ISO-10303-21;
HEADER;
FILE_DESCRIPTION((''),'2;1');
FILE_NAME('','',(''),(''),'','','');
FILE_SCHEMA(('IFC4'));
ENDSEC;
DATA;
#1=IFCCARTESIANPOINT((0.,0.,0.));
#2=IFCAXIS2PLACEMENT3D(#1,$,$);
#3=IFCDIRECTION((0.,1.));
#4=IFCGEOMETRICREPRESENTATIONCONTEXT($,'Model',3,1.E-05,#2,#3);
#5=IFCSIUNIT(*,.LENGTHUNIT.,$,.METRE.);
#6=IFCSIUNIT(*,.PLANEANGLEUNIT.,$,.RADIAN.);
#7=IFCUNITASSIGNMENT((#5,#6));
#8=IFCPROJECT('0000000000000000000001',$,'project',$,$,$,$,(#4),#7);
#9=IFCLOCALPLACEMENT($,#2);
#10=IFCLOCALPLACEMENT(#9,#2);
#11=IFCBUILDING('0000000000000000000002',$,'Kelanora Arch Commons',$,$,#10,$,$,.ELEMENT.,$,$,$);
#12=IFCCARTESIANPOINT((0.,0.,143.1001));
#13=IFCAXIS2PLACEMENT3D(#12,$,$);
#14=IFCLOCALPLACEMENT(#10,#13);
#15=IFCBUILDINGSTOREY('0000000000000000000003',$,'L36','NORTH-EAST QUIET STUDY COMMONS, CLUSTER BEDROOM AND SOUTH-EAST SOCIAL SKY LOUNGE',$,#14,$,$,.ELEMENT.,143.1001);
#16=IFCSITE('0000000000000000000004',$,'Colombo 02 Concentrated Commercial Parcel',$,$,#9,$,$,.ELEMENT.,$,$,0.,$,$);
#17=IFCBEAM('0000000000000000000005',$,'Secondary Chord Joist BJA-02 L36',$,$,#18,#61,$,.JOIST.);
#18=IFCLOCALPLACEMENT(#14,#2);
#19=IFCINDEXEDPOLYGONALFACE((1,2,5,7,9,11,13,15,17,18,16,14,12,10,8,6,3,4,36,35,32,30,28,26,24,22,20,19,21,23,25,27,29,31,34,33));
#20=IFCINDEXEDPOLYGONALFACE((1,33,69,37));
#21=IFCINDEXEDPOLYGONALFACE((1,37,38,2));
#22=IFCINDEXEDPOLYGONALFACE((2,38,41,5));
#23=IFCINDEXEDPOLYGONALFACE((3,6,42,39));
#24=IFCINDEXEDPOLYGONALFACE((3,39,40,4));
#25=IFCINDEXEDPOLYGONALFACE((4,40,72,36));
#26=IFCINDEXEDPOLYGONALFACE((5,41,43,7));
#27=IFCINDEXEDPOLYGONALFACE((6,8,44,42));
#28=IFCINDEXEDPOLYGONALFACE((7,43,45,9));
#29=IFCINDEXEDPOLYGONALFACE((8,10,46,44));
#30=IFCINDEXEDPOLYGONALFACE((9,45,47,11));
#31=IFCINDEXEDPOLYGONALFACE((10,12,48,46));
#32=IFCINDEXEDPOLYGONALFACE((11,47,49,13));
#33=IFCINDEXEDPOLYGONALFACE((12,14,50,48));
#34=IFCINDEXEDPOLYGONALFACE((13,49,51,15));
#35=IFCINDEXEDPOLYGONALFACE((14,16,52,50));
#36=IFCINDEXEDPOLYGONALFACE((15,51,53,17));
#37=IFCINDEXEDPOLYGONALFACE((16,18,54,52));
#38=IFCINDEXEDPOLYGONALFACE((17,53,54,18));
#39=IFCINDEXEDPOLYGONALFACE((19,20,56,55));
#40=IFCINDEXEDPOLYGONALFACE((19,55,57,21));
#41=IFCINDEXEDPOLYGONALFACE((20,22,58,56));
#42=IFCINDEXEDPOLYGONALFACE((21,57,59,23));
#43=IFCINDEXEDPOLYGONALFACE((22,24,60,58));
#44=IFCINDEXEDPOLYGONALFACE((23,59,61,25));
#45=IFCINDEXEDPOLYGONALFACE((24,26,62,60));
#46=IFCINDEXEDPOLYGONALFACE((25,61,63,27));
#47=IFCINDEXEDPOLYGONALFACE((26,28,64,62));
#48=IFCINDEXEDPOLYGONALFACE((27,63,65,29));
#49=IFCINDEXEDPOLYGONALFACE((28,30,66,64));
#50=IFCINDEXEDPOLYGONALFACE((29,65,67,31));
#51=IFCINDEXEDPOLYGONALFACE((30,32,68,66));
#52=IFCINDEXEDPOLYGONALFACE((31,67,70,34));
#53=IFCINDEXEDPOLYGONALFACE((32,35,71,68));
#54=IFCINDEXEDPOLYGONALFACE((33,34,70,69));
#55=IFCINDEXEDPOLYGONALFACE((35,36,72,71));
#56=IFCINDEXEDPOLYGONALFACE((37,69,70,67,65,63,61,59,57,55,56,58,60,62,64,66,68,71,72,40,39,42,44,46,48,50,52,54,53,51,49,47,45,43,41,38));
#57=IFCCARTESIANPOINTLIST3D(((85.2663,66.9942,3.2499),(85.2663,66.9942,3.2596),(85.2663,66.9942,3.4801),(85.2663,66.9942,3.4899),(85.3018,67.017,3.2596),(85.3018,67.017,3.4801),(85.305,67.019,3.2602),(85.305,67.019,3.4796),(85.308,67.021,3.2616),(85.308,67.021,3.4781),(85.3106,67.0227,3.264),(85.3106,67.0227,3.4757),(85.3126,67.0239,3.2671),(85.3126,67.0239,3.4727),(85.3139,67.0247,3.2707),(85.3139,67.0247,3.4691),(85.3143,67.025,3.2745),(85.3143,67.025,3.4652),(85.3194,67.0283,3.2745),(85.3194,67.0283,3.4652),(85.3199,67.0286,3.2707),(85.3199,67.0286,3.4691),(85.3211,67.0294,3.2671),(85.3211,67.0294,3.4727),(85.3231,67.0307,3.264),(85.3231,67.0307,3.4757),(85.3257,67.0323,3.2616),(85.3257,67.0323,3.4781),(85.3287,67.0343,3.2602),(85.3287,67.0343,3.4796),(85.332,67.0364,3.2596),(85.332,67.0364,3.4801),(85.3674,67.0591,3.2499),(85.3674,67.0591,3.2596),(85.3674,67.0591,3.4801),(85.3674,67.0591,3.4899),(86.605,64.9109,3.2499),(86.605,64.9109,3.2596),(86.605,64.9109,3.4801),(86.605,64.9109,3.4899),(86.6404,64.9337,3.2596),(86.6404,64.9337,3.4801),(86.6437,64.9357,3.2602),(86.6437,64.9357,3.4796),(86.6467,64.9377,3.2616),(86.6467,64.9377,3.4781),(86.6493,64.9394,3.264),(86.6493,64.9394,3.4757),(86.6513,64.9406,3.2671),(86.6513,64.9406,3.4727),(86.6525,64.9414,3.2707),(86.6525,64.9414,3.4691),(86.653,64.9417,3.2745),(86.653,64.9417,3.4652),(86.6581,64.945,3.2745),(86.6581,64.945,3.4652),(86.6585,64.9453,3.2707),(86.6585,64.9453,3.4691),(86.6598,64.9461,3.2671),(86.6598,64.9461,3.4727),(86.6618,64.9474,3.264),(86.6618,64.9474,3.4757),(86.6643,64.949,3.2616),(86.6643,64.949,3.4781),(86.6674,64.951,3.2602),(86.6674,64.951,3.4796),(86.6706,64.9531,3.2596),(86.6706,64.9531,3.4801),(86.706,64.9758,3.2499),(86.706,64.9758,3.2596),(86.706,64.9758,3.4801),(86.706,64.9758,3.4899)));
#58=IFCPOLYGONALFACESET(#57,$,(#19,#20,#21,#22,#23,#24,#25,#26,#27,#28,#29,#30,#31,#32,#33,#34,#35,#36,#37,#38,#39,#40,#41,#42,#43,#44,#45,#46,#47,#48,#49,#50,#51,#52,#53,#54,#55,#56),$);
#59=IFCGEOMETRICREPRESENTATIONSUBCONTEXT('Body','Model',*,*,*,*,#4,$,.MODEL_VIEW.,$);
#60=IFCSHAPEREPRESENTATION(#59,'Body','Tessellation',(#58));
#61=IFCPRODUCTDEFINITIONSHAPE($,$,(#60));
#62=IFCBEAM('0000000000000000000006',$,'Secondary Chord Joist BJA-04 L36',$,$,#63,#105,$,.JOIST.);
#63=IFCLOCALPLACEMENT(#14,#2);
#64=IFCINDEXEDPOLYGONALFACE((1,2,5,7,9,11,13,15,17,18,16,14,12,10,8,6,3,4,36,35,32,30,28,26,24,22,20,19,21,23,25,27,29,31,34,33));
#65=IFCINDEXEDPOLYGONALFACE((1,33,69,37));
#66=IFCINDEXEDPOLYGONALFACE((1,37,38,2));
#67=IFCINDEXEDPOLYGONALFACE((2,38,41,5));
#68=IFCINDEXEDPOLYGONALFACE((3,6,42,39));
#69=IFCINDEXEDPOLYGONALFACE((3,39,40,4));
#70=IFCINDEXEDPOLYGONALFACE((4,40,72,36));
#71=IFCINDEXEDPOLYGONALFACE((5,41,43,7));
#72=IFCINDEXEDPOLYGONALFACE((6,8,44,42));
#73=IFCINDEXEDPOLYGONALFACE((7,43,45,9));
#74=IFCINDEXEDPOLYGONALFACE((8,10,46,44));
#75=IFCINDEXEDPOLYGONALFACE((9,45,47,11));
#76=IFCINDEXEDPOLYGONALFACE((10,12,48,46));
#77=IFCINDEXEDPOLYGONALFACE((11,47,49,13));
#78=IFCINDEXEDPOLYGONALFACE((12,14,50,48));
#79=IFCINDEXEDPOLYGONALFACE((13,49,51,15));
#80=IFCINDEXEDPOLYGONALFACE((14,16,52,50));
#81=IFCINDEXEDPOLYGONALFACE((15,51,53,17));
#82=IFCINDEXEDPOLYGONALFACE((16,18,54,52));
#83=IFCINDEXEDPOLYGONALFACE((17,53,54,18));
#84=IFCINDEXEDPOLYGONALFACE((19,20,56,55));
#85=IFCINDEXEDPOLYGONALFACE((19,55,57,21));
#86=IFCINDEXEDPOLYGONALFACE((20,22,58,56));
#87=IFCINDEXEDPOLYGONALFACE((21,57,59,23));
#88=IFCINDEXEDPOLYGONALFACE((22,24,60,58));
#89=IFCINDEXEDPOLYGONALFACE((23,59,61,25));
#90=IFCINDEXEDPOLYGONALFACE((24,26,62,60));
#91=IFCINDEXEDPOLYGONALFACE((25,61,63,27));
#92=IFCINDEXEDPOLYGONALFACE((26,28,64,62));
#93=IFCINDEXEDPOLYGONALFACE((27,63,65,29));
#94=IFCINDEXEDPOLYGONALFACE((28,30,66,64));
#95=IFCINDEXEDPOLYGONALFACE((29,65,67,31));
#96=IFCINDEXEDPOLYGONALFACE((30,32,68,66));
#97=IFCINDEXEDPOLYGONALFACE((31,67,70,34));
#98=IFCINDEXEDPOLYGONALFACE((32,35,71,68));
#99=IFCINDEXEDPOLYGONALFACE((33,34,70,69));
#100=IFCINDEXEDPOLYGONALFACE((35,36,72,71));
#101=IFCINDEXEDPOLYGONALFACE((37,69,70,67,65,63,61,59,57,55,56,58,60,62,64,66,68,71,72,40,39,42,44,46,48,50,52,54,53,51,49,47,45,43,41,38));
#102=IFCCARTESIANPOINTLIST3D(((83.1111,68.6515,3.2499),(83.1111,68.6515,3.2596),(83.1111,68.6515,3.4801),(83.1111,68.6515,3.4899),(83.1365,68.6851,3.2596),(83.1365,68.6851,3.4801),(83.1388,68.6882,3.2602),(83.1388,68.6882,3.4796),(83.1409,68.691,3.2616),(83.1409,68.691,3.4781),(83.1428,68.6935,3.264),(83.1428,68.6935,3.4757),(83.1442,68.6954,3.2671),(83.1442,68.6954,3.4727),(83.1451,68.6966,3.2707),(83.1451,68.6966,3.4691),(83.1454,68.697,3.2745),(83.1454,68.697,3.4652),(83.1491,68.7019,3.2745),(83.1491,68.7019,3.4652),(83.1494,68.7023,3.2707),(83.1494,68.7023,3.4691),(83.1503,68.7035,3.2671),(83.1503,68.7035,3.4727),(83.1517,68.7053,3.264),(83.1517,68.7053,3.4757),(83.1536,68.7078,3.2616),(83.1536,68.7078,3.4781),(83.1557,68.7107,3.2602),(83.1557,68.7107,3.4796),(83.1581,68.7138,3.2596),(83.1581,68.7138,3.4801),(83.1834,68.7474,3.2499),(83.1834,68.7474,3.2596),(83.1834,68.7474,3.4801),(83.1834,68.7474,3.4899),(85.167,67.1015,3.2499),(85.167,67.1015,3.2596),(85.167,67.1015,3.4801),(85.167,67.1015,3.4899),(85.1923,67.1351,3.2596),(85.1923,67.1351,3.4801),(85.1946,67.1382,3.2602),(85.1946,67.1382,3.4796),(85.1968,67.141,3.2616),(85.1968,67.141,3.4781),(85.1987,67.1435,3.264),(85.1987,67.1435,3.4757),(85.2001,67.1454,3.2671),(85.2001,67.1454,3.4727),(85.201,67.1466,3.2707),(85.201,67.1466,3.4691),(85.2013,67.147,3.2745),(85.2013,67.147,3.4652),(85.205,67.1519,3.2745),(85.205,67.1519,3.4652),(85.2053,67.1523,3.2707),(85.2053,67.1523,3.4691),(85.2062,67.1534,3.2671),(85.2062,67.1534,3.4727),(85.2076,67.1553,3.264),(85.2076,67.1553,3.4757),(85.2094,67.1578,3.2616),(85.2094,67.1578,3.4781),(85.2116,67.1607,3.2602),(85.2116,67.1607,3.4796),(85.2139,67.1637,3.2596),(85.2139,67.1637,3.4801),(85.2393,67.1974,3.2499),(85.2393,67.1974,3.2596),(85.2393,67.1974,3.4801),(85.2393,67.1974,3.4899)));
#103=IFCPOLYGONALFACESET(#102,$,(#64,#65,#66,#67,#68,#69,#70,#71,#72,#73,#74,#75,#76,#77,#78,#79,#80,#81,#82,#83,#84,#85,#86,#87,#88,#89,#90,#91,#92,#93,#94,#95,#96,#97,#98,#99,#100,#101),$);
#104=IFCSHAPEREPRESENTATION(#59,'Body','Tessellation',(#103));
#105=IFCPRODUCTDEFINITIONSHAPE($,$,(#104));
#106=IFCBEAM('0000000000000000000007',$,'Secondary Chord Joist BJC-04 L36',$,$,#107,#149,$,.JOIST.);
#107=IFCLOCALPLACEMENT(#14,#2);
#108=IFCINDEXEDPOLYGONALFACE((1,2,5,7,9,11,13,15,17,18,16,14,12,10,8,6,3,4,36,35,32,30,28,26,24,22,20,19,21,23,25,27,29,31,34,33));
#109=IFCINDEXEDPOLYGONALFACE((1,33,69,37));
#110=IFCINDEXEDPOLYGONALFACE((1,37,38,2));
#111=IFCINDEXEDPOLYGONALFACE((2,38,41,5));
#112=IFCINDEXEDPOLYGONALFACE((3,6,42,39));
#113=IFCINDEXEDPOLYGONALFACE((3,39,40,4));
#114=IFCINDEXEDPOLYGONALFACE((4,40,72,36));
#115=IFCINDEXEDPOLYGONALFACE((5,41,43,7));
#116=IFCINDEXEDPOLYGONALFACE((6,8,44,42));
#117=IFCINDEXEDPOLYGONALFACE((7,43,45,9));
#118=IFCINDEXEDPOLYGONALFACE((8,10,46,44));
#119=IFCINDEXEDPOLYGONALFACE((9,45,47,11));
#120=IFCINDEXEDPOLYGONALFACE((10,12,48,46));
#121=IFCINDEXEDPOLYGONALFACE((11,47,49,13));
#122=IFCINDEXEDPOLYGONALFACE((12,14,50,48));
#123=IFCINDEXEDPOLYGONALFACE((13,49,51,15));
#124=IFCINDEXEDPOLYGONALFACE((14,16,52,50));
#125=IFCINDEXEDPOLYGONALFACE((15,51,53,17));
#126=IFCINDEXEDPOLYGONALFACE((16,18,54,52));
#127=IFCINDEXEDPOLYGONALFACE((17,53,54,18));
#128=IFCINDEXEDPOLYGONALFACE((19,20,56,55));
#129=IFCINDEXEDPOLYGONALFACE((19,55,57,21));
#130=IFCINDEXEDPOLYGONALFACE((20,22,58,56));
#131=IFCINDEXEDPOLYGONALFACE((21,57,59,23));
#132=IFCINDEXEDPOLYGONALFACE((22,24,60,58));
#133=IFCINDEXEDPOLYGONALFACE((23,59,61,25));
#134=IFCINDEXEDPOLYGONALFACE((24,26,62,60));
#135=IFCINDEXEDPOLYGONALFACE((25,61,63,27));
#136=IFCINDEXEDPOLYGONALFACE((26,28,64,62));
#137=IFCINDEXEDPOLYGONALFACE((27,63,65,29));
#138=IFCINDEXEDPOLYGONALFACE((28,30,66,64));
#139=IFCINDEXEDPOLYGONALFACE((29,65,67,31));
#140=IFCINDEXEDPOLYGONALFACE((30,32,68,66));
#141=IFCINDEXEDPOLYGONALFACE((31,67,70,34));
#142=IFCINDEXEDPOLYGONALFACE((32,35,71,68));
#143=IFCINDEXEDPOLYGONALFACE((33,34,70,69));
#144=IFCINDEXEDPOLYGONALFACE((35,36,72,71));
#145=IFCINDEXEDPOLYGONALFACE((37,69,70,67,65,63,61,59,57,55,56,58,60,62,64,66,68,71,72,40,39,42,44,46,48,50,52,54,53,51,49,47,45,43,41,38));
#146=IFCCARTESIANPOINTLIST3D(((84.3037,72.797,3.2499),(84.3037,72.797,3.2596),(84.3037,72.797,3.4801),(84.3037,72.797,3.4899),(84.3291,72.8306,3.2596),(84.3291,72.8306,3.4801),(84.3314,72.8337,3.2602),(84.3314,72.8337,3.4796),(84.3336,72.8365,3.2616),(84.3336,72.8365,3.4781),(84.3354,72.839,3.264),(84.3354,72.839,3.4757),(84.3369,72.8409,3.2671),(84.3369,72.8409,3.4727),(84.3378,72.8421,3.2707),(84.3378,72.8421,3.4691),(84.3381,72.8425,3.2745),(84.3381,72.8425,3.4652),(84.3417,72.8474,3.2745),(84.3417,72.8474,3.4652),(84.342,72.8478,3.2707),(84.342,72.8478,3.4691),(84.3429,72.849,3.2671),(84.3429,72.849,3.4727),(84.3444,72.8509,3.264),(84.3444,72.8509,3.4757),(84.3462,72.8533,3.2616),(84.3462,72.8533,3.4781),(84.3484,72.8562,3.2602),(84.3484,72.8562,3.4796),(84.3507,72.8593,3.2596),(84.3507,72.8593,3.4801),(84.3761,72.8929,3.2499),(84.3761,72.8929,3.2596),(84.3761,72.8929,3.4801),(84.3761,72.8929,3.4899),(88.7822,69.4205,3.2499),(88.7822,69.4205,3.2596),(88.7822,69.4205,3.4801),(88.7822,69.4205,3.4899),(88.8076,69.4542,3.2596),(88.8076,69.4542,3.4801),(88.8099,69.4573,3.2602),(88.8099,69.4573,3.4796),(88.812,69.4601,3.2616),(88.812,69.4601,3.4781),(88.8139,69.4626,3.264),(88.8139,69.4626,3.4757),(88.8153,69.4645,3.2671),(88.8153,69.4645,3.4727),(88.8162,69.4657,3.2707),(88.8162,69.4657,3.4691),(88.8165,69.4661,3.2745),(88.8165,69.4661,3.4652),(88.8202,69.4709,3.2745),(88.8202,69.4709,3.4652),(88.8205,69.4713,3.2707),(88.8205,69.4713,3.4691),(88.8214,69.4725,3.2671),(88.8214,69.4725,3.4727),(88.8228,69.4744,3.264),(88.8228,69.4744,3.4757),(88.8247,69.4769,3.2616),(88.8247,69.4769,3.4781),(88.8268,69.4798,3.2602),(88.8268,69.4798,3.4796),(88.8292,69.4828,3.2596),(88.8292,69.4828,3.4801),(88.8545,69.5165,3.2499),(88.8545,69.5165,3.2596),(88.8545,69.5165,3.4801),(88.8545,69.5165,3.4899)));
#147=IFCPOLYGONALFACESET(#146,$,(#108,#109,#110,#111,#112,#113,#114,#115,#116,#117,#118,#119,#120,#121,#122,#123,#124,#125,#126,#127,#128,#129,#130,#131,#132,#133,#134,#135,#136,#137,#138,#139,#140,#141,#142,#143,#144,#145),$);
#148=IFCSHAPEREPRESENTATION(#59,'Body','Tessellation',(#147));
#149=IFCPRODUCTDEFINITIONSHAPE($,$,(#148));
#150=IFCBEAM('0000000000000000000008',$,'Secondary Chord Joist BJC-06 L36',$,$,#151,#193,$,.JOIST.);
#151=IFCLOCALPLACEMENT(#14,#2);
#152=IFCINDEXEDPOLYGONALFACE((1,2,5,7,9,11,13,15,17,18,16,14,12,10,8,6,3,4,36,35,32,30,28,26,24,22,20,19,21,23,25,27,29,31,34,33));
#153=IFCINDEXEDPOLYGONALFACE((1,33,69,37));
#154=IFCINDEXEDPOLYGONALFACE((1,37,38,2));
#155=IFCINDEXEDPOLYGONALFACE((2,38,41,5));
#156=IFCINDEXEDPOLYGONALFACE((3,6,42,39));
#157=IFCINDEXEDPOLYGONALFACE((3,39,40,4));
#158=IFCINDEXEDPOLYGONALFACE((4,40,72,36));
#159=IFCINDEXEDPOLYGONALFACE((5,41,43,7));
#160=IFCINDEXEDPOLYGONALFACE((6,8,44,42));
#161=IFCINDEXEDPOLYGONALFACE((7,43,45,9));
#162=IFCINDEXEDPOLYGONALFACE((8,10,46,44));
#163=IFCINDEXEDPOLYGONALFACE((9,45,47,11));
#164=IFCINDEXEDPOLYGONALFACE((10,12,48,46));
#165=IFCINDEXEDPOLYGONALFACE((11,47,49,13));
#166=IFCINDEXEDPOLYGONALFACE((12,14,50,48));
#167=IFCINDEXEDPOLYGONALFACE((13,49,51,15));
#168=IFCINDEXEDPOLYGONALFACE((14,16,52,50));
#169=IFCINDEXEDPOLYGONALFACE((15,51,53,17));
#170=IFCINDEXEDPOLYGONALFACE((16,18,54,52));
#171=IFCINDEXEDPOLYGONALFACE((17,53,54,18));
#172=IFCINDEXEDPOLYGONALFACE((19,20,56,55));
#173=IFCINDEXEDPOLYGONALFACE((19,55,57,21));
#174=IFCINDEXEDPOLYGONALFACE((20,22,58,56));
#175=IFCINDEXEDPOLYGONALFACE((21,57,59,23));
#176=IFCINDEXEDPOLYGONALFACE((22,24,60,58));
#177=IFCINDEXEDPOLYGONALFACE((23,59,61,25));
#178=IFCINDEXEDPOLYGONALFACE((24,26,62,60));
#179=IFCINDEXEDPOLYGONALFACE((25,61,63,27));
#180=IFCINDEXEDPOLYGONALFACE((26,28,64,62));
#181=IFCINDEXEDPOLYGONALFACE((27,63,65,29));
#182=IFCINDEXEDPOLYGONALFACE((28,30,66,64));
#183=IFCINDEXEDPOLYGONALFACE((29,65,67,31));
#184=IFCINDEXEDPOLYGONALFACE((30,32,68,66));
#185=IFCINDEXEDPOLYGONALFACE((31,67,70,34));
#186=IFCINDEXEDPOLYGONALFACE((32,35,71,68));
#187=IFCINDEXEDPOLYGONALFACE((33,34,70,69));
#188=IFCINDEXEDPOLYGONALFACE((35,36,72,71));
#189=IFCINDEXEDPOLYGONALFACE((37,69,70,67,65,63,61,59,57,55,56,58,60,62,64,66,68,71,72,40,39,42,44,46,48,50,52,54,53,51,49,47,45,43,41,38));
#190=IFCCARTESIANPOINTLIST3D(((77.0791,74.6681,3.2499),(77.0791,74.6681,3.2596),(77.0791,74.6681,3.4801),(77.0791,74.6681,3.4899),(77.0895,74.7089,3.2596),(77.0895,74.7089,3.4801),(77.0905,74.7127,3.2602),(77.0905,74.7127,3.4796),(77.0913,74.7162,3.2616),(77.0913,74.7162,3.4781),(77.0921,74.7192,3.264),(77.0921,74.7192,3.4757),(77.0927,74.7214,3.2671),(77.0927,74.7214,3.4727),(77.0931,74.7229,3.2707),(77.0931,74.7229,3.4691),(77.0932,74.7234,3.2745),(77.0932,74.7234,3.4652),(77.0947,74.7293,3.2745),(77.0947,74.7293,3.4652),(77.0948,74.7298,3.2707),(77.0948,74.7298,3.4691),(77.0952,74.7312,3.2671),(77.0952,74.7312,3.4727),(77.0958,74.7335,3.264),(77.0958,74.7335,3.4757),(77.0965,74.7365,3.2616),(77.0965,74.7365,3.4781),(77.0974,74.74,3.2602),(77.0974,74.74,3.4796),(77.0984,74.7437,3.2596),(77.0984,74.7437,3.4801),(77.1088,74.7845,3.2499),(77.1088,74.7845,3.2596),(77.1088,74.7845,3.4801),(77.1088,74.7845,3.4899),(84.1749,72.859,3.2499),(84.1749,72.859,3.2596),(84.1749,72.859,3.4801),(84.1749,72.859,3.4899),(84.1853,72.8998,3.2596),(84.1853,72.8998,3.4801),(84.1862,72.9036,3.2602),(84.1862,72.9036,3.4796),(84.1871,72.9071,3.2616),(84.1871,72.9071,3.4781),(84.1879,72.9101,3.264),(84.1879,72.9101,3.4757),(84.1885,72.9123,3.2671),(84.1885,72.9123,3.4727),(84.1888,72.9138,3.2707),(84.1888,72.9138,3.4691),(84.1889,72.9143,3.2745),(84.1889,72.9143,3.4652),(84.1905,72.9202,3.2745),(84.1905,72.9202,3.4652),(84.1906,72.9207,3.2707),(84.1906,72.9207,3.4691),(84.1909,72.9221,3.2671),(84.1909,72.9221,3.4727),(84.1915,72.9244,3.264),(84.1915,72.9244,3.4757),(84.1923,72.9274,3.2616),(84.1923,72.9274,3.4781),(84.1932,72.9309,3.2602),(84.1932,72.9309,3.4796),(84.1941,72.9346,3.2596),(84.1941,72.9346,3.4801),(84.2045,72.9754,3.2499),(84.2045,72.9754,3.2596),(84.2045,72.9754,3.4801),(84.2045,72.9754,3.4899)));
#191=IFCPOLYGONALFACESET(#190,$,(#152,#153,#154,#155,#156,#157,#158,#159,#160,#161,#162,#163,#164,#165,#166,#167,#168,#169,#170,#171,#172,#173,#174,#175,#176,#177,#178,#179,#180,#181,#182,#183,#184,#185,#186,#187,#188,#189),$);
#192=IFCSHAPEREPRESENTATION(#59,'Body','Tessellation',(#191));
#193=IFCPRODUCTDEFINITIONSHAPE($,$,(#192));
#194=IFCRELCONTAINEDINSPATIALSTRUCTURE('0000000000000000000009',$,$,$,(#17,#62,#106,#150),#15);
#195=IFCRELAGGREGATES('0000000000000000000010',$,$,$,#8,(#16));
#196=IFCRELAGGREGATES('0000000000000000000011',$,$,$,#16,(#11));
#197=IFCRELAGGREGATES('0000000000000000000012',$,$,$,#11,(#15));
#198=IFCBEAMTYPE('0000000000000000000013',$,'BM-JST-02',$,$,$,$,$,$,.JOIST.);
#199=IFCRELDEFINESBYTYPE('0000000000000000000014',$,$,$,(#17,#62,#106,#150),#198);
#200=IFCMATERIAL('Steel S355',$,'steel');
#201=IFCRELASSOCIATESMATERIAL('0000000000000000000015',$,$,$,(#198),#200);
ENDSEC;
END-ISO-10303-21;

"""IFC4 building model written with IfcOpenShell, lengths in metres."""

from ifc_helpers import new_model, si_unit, direction, frame, origin, origin_2d, place, context, subcontext, project, spatial, i_section, extrude, material, material_profile, profile_set, type_object, element, save


model = new_model("IFC4")

# Units and contexts
model_context = context("Model", 3, precision=1e-05, world=origin(), true_north=direction((0.0, 1.0)))
body_context = subcontext(model_context, "Body", "Model", "MODEL_VIEW")
ifc_project = project(units=[si_unit("LENGTHUNIT", "METRE"), si_unit("PLANEANGLEUNIT", "RADIAN")], contexts=[model_context])

# Site, building, storey
site_placement = place(None, origin())
site = spatial("IfcSite", under=ifc_project, at=site_placement, Name="Colombo 02 Concentrated Commercial Parcel", CompositionType="ELEMENT", RefElevation=0.0)
building_placement = place(site_placement, origin())
building = spatial("IfcBuilding", under=site, at=building_placement, Name="Kelanora Arch Commons", CompositionType="ELEMENT")
storey_placement = place(building_placement, frame((0.0, 0.0, 143.1001)))
storey = spatial("IfcBuildingStorey", under=building, at=storey_placement, Name="L36", Description="NORTH-EAST QUIET STUDY COMMONS, CLUSTER BEDROOM AND SOUTH-EAST SOCIAL SKY LOUNGE", CompositionType="ELEMENT", Elevation=143.1001)

# Beams
ifc_material_1 = material(Name="Steel S355", Category="steel")
ifc_material_profile_1 = material_profile(ifc_material_1, i_section(OverallWidth=0.1201, OverallDepth=0.24, WebThickness=0.0061, FlangeThickness=0.0098, FilletRadius=0.0149, at=origin_2d()), Name="IPE240")
ifc_profile_set_1 = profile_set([ifc_material_profile_1], Name="Steel S355")
beam_type_1 = type_object("IfcBeamType", Name="BM-JST-02", PredefinedType="JOIST", material=ifc_profile_set_1)
beam_1_placement = place(storey_placement, frame((86.6555, 64.9434, 3.3699), z_axis=(-0.540583, 0.841291, 0.0), x_axis=(-0.841291, -0.540583, 0.0)))
element("IfcBeam", 1, at=beam_1_placement, inside=storey, type_object=beam_type_1, Name="Secondary Chord Joist BJA-02 L36", PredefinedType="JOIST", context=body_context, shape_type="SweptSolid", body=[
    extrude(i_section(OverallWidth=0.1201, OverallDepth=0.24, WebThickness=0.0061, FlangeThickness=0.0098, FilletRadius=0.0149, at=origin_2d()), origin(), (0.0, 0.0, 1.0), 2.4763),
])
beam_2_placement = place(storey_placement, frame((85.2031, 67.1494, 3.3699), z_axis=(-0.798484, 0.602016, 0.0), x_axis=(-0.602016, -0.798484, 0.0)))
element("IfcBeam", 2, at=beam_2_placement, inside=storey, type_object=beam_type_1, Name="Secondary Chord Joist BJA-04 L36", PredefinedType="JOIST", context=body_context, shape_type="SweptSolid", body=[
    extrude(i_section(OverallWidth=0.1201, OverallDepth=0.24, WebThickness=0.0061, FlangeThickness=0.0098, FilletRadius=0.0149, at=origin_2d()), origin(), (0.0, 0.0, 1.0), 2.5747),
])
beam_3_placement = place(storey_placement, frame((88.8184, 69.4685, 3.3699), z_axis=(-0.798493, 0.602004, 0.0), x_axis=(-0.602004, -0.798493, 0.0)))
element("IfcBeam", 3, at=beam_3_placement, inside=storey, type_object=beam_type_1, Name="Secondary Chord Joist BJC-04 L36", PredefinedType="JOIST", context=body_context, shape_type="SweptSolid", body=[
    extrude(i_section(OverallWidth=0.1201, OverallDepth=0.24, WebThickness=0.0061, FlangeThickness=0.0098, FilletRadius=0.0149, at=origin_2d()), origin(), (0.0, 0.0, 1.0), 5.6086),
])
beam_4_placement = place(storey_placement, frame((84.1897, 72.9172, 3.3699), z_axis=(-0.969002, 0.247052, 0.0), x_axis=(-0.247052, -0.969002, 0.0)))
element("IfcBeam", 4, at=beam_4_placement, inside=storey, type_object=beam_type_1, Name="Secondary Chord Joist BJC-06 L36", PredefinedType="JOIST", context=body_context, shape_type="SweptSolid", body=[
    extrude(i_section(OverallWidth=0.1201, OverallDepth=0.24, WebThickness=0.0061, FlangeThickness=0.0098, FilletRadius=0.0149, at=origin_2d()), origin(), (0.0, 0.0, 1.0), 7.3228),
])

save(model, "model.ifc")
